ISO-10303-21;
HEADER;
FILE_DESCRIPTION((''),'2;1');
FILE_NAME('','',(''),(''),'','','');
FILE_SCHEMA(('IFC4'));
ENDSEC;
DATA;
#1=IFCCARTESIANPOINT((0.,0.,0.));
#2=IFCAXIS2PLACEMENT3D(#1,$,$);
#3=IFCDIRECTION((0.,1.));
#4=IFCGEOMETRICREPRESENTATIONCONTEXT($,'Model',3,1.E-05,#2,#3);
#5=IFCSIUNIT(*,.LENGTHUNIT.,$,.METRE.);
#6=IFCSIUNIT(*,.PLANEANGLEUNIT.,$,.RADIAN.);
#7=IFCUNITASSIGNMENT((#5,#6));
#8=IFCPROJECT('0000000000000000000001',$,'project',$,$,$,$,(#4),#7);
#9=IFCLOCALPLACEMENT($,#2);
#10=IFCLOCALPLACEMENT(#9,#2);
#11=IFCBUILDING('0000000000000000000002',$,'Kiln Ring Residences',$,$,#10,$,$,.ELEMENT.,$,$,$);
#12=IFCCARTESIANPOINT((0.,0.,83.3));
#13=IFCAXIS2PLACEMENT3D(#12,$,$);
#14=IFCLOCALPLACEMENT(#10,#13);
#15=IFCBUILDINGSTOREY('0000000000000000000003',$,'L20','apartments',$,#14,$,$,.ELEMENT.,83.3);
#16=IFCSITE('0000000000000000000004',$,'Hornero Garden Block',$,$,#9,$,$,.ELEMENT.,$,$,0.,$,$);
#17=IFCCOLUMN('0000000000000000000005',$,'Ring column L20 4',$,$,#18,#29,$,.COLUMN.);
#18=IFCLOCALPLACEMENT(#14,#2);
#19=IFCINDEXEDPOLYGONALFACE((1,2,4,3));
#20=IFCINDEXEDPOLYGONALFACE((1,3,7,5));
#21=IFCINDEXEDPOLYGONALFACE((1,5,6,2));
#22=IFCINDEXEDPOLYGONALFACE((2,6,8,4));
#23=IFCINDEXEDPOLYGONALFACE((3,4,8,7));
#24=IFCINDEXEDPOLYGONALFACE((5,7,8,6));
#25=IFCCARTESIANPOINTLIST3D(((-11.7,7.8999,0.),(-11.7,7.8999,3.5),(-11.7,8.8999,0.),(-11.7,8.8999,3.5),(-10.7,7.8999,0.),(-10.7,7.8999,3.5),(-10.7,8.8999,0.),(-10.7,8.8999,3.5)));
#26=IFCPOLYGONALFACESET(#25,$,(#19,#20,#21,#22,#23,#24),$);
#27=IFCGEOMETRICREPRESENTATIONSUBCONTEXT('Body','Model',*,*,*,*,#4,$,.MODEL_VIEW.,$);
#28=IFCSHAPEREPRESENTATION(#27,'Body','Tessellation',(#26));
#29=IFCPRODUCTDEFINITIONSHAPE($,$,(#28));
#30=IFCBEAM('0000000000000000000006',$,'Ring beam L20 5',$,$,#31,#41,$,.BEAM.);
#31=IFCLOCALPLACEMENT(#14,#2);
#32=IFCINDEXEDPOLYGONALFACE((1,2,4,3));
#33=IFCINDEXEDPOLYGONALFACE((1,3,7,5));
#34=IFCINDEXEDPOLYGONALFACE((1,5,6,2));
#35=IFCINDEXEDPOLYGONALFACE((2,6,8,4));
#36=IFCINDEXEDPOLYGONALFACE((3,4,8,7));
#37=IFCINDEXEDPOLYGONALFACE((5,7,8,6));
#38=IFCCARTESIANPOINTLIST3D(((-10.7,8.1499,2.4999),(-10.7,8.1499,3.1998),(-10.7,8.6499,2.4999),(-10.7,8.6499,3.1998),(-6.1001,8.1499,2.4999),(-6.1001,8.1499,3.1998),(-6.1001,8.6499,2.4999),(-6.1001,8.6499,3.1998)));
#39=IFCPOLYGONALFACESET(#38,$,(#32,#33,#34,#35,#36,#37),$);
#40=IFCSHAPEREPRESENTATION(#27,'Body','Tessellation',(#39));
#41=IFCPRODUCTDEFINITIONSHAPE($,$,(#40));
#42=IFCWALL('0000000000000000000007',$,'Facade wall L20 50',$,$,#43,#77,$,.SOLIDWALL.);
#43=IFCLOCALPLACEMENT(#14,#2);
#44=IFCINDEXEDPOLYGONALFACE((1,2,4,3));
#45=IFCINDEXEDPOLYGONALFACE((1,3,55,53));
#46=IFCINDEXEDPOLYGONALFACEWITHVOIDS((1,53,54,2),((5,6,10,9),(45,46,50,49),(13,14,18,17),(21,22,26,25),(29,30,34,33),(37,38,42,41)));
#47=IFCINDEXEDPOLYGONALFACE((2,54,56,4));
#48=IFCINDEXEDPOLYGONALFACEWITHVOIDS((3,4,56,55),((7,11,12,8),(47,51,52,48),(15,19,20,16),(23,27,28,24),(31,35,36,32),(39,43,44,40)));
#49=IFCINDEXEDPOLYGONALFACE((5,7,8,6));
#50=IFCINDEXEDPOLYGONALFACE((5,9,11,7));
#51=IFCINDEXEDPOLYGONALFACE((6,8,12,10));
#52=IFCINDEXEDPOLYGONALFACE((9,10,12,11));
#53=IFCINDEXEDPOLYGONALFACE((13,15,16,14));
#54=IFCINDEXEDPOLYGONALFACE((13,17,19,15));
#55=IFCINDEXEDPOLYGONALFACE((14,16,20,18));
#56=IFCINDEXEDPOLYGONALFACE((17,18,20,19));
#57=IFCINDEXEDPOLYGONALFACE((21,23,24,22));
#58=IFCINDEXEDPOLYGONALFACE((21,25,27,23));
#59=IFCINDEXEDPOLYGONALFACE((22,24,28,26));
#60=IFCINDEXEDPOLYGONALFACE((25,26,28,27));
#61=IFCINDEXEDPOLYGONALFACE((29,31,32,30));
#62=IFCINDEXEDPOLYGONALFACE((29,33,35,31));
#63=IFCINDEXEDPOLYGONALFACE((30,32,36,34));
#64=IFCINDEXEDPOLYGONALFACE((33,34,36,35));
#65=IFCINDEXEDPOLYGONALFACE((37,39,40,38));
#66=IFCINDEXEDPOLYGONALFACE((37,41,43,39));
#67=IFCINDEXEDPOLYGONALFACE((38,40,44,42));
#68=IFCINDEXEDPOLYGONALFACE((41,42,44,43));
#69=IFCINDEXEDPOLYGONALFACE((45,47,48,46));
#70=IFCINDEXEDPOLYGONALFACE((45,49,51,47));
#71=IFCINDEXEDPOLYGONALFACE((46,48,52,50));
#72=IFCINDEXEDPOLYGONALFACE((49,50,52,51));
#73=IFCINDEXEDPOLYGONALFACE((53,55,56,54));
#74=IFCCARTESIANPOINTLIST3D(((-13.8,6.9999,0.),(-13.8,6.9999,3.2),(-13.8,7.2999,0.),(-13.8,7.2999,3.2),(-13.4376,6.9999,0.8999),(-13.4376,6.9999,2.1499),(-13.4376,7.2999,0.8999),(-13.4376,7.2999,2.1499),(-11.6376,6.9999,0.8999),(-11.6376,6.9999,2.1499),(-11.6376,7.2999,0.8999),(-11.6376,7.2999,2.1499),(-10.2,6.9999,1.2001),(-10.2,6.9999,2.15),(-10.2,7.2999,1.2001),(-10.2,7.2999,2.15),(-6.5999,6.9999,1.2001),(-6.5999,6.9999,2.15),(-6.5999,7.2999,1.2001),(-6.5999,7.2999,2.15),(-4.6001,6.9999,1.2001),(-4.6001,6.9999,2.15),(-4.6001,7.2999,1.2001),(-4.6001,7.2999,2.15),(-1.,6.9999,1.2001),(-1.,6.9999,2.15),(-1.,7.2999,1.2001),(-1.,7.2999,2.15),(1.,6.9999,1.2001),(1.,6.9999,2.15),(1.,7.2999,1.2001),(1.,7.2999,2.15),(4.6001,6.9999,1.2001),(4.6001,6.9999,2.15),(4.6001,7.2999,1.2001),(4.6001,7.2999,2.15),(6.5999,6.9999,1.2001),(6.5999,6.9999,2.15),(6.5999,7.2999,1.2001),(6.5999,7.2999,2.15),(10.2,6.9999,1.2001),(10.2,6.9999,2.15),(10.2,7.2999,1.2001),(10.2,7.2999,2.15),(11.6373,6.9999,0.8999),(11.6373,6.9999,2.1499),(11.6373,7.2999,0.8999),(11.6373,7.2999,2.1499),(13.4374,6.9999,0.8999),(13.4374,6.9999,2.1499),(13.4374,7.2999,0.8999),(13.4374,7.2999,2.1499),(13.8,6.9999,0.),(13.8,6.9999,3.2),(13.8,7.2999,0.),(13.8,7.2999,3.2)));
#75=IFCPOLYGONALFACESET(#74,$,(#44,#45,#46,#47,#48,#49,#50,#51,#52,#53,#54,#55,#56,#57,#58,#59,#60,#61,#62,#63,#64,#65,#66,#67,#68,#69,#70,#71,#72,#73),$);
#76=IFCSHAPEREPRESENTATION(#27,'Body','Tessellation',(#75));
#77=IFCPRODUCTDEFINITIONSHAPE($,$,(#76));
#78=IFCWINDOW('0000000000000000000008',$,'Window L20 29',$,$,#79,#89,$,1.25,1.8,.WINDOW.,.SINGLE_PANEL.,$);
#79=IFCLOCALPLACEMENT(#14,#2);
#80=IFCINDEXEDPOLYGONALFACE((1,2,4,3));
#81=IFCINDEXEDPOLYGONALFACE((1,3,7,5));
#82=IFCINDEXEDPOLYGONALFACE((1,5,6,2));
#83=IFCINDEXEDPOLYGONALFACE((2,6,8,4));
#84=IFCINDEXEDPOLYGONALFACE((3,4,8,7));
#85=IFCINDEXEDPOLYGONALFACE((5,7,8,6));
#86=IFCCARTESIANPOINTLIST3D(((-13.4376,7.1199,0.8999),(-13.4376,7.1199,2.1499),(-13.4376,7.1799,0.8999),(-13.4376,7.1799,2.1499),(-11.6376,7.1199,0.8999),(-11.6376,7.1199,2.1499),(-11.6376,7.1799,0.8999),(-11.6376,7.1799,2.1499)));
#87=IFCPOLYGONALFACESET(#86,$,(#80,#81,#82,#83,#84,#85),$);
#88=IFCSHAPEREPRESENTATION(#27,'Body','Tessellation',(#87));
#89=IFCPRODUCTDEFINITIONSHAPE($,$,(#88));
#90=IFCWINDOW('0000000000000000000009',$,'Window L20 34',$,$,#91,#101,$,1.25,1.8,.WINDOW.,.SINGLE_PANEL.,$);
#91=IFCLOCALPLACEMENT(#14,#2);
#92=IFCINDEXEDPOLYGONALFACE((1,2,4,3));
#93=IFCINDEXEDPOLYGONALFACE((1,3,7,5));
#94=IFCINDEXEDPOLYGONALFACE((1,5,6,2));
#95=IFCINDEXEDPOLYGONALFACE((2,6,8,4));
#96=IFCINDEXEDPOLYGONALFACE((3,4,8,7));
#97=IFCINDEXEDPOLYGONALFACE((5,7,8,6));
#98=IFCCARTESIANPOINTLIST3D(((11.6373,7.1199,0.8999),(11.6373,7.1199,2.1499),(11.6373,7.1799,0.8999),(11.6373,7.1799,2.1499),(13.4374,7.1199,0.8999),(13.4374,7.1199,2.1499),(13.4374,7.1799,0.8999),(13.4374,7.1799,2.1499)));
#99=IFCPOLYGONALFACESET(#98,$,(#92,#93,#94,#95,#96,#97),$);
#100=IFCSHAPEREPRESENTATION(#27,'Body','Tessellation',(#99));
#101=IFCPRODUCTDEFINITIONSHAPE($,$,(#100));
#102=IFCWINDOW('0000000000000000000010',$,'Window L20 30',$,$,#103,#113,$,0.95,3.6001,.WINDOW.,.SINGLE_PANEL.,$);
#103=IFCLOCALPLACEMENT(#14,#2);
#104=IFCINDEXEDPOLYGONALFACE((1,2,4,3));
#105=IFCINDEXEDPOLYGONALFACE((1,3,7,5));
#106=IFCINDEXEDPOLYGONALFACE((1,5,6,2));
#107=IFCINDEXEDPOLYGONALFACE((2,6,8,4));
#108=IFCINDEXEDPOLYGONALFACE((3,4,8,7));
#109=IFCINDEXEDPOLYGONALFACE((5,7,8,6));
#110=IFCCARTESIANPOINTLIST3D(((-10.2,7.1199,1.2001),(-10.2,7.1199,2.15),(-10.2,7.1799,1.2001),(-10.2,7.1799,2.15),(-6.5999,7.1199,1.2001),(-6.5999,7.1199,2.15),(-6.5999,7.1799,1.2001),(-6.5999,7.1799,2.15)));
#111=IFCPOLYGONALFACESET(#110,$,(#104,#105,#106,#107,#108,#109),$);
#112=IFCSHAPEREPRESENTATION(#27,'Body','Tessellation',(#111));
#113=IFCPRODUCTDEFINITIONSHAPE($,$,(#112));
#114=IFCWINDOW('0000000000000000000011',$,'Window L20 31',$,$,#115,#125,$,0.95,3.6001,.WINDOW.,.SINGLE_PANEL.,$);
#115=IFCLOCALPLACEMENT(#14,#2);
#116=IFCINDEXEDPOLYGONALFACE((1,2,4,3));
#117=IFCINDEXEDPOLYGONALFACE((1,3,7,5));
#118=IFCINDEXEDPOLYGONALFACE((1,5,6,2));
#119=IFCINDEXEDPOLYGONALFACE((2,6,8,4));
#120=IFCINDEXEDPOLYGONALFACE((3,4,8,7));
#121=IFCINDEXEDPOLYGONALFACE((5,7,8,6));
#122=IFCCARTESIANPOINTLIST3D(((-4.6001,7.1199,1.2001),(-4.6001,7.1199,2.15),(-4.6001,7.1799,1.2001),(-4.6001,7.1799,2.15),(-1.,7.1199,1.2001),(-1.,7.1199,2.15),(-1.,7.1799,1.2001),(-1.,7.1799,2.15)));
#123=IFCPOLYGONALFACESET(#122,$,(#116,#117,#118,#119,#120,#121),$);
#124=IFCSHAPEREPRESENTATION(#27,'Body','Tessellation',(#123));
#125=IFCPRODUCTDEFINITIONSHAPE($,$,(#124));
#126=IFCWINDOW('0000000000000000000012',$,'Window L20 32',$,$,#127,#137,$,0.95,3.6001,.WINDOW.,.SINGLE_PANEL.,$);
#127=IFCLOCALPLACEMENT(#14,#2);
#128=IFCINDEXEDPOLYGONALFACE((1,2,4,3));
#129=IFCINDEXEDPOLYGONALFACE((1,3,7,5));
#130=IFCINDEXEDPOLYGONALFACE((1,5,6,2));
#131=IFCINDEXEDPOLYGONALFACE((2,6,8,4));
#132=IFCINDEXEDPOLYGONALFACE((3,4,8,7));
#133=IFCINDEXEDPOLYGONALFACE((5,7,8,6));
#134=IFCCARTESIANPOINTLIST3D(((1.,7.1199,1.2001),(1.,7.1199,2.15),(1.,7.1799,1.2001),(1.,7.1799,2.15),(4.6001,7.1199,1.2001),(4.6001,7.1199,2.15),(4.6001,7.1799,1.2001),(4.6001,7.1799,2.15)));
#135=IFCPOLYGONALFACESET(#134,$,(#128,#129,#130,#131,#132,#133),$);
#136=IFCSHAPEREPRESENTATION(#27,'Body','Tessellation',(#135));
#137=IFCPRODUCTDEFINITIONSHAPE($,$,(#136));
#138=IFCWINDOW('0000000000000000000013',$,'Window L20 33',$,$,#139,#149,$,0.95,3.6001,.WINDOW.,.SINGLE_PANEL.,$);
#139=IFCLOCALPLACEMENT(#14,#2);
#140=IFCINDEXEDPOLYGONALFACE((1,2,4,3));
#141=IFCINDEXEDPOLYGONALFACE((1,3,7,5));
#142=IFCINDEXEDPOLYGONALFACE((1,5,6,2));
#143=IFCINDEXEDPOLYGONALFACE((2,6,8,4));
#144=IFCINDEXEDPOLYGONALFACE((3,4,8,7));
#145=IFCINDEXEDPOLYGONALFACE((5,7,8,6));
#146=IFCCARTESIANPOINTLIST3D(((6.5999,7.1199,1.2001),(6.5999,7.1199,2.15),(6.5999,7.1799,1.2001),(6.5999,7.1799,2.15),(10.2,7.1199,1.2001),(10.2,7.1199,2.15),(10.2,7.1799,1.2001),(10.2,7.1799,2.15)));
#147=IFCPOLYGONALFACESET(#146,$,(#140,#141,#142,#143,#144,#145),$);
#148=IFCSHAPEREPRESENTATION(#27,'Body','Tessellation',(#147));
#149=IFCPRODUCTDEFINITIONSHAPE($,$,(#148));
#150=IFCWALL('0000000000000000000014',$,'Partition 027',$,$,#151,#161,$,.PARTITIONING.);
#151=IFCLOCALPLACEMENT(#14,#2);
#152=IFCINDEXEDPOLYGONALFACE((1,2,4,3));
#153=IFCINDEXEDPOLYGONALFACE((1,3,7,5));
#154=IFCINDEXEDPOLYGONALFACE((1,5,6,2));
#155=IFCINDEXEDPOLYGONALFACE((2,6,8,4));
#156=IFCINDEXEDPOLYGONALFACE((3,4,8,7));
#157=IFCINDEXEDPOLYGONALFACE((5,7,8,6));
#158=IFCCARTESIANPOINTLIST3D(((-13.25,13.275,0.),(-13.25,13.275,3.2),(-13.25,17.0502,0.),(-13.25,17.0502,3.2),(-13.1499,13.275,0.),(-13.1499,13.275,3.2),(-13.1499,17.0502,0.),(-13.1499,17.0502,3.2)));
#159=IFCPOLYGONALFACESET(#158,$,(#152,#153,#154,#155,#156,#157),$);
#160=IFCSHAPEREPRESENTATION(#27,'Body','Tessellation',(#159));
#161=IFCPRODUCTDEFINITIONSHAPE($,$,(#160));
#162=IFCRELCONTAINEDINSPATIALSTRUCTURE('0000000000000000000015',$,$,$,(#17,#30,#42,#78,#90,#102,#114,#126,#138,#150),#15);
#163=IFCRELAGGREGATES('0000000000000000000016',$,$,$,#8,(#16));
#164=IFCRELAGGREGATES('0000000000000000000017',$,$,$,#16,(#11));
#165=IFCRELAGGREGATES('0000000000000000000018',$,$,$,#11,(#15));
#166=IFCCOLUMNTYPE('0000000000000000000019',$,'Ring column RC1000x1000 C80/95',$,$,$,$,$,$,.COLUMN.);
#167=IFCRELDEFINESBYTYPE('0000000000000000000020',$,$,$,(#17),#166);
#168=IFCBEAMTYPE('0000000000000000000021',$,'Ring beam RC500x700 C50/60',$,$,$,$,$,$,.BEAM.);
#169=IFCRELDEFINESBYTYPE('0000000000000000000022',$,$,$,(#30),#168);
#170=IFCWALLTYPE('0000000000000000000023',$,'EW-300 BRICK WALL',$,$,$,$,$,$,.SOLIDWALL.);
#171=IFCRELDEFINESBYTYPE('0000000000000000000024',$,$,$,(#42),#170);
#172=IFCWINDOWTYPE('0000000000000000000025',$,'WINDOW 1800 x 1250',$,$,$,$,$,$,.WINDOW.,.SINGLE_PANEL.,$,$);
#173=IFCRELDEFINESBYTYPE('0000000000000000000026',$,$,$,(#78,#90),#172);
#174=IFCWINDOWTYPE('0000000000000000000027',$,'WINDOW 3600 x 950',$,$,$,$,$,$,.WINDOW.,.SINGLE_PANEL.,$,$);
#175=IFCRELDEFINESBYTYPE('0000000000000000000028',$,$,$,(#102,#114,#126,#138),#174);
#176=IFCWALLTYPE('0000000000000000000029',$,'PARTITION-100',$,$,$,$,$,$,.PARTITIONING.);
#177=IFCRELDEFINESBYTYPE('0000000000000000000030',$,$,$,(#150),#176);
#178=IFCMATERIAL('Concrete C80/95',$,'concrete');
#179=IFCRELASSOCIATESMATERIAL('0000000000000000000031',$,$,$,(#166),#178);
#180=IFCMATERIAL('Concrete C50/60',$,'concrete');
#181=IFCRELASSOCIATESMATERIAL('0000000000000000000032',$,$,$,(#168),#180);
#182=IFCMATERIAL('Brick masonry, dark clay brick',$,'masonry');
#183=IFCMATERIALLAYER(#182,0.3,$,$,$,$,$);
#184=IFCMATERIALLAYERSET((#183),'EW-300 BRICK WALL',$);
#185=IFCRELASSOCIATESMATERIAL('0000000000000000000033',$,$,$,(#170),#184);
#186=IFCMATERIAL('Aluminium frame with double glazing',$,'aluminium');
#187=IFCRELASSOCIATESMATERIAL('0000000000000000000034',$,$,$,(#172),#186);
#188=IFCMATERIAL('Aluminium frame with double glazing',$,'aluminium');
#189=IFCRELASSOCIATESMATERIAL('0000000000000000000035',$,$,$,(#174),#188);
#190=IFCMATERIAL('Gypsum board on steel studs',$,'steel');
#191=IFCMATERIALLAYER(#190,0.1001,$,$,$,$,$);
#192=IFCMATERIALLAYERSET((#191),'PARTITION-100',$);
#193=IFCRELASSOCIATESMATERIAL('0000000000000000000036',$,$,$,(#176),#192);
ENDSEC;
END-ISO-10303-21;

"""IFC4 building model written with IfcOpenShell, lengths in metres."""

from ifc_helpers import new_model, si_unit, direction, frame, frame_2d, origin, origin_2d, place, context, subcontext, project, spatial, rectangle, extrude, material, layer, layer_set, material_profile, profile_set, type_object, element, fill, save


model = new_model("IFC4")

# Units and contexts
model_context = context("Model", 3, precision=1e-05, world=origin(), true_north=direction((0.0, 1.0)))
body_context = subcontext(model_context, "Body", "Model", "MODEL_VIEW")
ifc_project = project(units=[si_unit("LENGTHUNIT", "METRE"), si_unit("PLANEANGLEUNIT", "RADIAN")], contexts=[model_context])

# Site, building, storey
site_placement = place(None, origin())
site = spatial("IfcSite", under=ifc_project, at=site_placement, Name="Hornero Garden Block", CompositionType="ELEMENT", RefElevation=0.0)
building_placement = place(site_placement, origin())
building = spatial("IfcBuilding", under=site, at=building_placement, Name="Kiln Ring Residences", CompositionType="ELEMENT")
storey_placement = place(building_placement, frame((0.0, 0.0, 83.3)))
storey = spatial("IfcBuildingStorey", under=building, at=storey_placement, Name="L20", Description="apartments", CompositionType="ELEMENT", Elevation=83.3)

# Column
ifc_material_1 = material(Name="Concrete C80/95", Category="concrete")
ifc_material_profile_1 = material_profile(ifc_material_1, rectangle(XDim=1.0, YDim=1.0, at=origin_2d()), Name="RC1000x1000")
ifc_profile_set_1 = profile_set([ifc_material_profile_1], Name="Concrete C80/95")
column_type = type_object("IfcColumnType", Name="Ring column RC1000x1000 C80/95", PredefinedType="COLUMN", material=ifc_profile_set_1)
column_placement = place(storey_placement, frame((-11.2, 8.3999, 0.0), z_axis=(0.0, 0.0, 1.0), x_axis=(1.0, 0.0, 0.0)))
element("IfcColumn", 1, at=column_placement, inside=storey, type_object=column_type, Name="Ring column L20 4", PredefinedType="COLUMN", context=body_context, shape_type="SweptSolid", body=[
    extrude(rectangle(XDim=1.0, YDim=1.0, at=origin_2d()), origin(), (0.0, 0.0, 1.0), 3.5),
])

# Beam
ifc_material_2 = material(Name="Concrete C50/60", Category="concrete")
ifc_material_profile_2 = material_profile(ifc_material_2, rectangle(XDim=0.5, YDim=0.7, at=origin_2d()), Name="RC500x700")
ifc_profile_set_2 = profile_set([ifc_material_profile_2], Name="Concrete C50/60")
beam_type = type_object("IfcBeamType", Name="Ring beam RC500x700 C50/60", PredefinedType="BEAM", material=ifc_profile_set_2)
beam_placement = place(storey_placement, frame((-10.7, 8.3999, 2.8499), z_axis=(1.0, 0.0, 0.0), x_axis=(0.0, 1.0, 0.0)))
element("IfcBeam", 2, at=beam_placement, inside=storey, type_object=beam_type, Name="Ring beam L20 5", PredefinedType="BEAM", context=body_context, shape_type="SweptSolid", body=[
    extrude(rectangle(XDim=0.5, YDim=0.7, at=origin_2d()), origin(), (0.0, 0.0, 1.0), 4.5999),
])

# Wall, openings, windows
ifc_material_3 = material(Name="Brick masonry, dark clay brick", Category="masonry")
ifc_layer_1 = layer(ifc_material_3, 0.3)
ifc_layer_set_1 = layer_set([ifc_layer_1], Name="EW-300 BRICK WALL")
wall_type_1 = type_object("IfcWallType", Name="EW-300 BRICK WALL", PredefinedType="SOLIDWALL", material=ifc_layer_set_1)
wall_1_placement = place(storey_placement, frame((-13.8, 7.1499, 0.0), z_axis=(0.0, 0.0, 1.0), x_axis=(1.0, 0.0, 0.0)))
wall_1 = element("IfcWall", 3, at=wall_1_placement, inside=storey, type_object=wall_type_1, Name="Facade wall L20 50", PredefinedType="SOLIDWALL", context=body_context, shape_type="SweptSolid", body=[
    extrude(rectangle(XDim=27.6001, YDim=0.3, at=frame_2d((13.8, 0.0))), origin(), (0.0, 0.0, 1.0), 3.2),
])
opening_1_placement = place(wall_1_placement, frame((0.3625, 0.0, 0.8999)))
opening_1 = element("IfcOpeningElement", 4, at=opening_1_placement, cuts=wall_1, PredefinedType="OPENING", context=body_context, shape_type="SweptSolid", body=[
    extrude(rectangle(XDim=1.8, YDim=1.25, at=frame_2d((0.8999, 0.625))), frame((0.0, 0.1599, 0.0), z_axis=(0.0, -1.0, 0.0), x_axis=(1.0, 0.0, 0.0)), (0.0, 0.0, 1.0), 0.3201),
])
opening_2_placement = place(wall_1_placement, frame((3.6001, 0.0, 1.2)))
opening_2 = element("IfcOpeningElement", 5, at=opening_2_placement, cuts=wall_1, PredefinedType="OPENING", context=body_context, shape_type="SweptSolid", body=[
    extrude(rectangle(XDim=3.6001, YDim=0.95, at=frame_2d((1.8, 0.4751))), frame((0.0, 0.1599, 0.0), z_axis=(0.0, -1.0, 0.0), x_axis=(1.0, 0.0, 0.0)), (0.0, 0.0, 1.0), 0.3201),
])
opening_3_placement = place(wall_1_placement, frame((9.2, 0.0, 1.2)))
opening_3 = element("IfcOpeningElement", 6, at=opening_3_placement, cuts=wall_1, PredefinedType="OPENING", context=body_context, shape_type="SweptSolid", body=[
    extrude(rectangle(XDim=3.6001, YDim=0.95, at=frame_2d((1.8, 0.4751))), frame((0.0, 0.1599, 0.0), z_axis=(0.0, -1.0, 0.0), x_axis=(1.0, 0.0, 0.0)), (0.0, 0.0, 1.0), 0.3201),
])
opening_4_placement = place(wall_1_placement, frame((14.8, 0.0, 1.2)))
opening_4 = element("IfcOpeningElement", 7, at=opening_4_placement, cuts=wall_1, PredefinedType="OPENING", context=body_context, shape_type="SweptSolid", body=[
    extrude(rectangle(XDim=3.6001, YDim=0.95, at=frame_2d((1.8, 0.4751))), frame((0.0, 0.1599, 0.0), z_axis=(0.0, -1.0, 0.0), x_axis=(1.0, 0.0, 0.0)), (0.0, 0.0, 1.0), 0.3201),
])
opening_5_placement = place(wall_1_placement, frame((20.3999, 0.0, 1.2)))
opening_5 = element("IfcOpeningElement", 8, at=opening_5_placement, cuts=wall_1, PredefinedType="OPENING", context=body_context, shape_type="SweptSolid", body=[
    extrude(rectangle(XDim=3.6001, YDim=0.95, at=frame_2d((1.8, 0.4751))), frame((0.0, 0.1599, 0.0), z_axis=(0.0, -1.0, 0.0), x_axis=(1.0, 0.0, 0.0)), (0.0, 0.0, 1.0), 0.3201),
])
opening_6_placement = place(wall_1_placement, frame((25.4375, 0.0, 0.8999)))
opening_6 = element("IfcOpeningElement", 9, at=opening_6_placement, cuts=wall_1, PredefinedType="OPENING", context=body_context, shape_type="SweptSolid", body=[
    extrude(rectangle(XDim=1.8, YDim=1.25, at=frame_2d((0.8999, 0.625))), frame((0.0, 0.1599, 0.0), z_axis=(0.0, -1.0, 0.0), x_axis=(1.0, 0.0, 0.0)), (0.0, 0.0, 1.0), 0.3201),
])
ifc_material_4 = material(Name="Aluminium frame with double glazing", Category="aluminium")
window_type_1 = type_object("IfcWindowType", Name="WINDOW 1800 x 1250", PartitioningType="SINGLE_PANEL", PredefinedType="WINDOW", material=ifc_material_4)
window_1_placement = place(opening_1_placement, origin())
window_1 = element("IfcWindow", 10, at=window_1_placement, inside=storey, type_object=window_type_1, Name="Window L20 29", OverallHeight=1.25, OverallWidth=1.8, PartitioningType="SINGLE_PANEL", PredefinedType="WINDOW", context=body_context, shape_type="SweptSolid", body=[
    extrude(rectangle(XDim=1.8, YDim=1.25, at=frame_2d((0.8999, 0.625))), frame((0.0, 0.03, 0.0), z_axis=(0.0, -1.0, 0.0), x_axis=(1.0, 0.0, 0.0)), (0.0, 0.0, 1.0), 0.0601),
])
fill(opening_1, window_1)
window_2_placement = place(opening_6_placement, origin())
window_2 = element("IfcWindow", 11, at=window_2_placement, inside=storey, type_object=window_type_1, Name="Window L20 34", OverallHeight=1.25, OverallWidth=1.8, PartitioningType="SINGLE_PANEL", PredefinedType="WINDOW", context=body_context, shape_type="SweptSolid", body=[
    extrude(rectangle(XDim=1.8, YDim=1.25, at=frame_2d((0.8999, 0.625))), frame((0.0, 0.03, 0.0), z_axis=(0.0, -1.0, 0.0), x_axis=(1.0, 0.0, 0.0)), (0.0, 0.0, 1.0), 0.0601),
])
fill(opening_6, window_2)
ifc_material_5 = material(Name="Aluminium frame with double glazing", Category="aluminium")
window_type_2 = type_object("IfcWindowType", Name="WINDOW 3600 x 950", PartitioningType="SINGLE_PANEL", PredefinedType="WINDOW", material=ifc_material_5)
window_3_placement = place(opening_2_placement, origin())
window_3 = element("IfcWindow", 12, at=window_3_placement, inside=storey, type_object=window_type_2, Name="Window L20 30", OverallHeight=0.95, OverallWidth=3.6001, PartitioningType="SINGLE_PANEL", PredefinedType="WINDOW", context=body_context, shape_type="SweptSolid", body=[
    extrude(rectangle(XDim=3.6001, YDim=0.95, at=frame_2d((1.8, 0.4751))), frame((0.0, 0.03, 0.0), z_axis=(0.0, -1.0, 0.0), x_axis=(1.0, 0.0, 0.0)), (0.0, 0.0, 1.0), 0.0601),
])
fill(opening_2, window_3)
window_4_placement = place(opening_3_placement, origin())
window_4 = element("IfcWindow", 13, at=window_4_placement, inside=storey, type_object=window_type_2, Name="Window L20 31", OverallHeight=0.95, OverallWidth=3.6001, PartitioningType="SINGLE_PANEL", PredefinedType="WINDOW", context=body_context, shape_type="SweptSolid", body=[
    extrude(rectangle(XDim=3.6001, YDim=0.95, at=frame_2d((1.8, 0.4751))), frame((0.0, 0.03, 0.0), z_axis=(0.0, -1.0, 0.0), x_axis=(1.0, 0.0, 0.0)), (0.0, 0.0, 1.0), 0.0601),
])
fill(opening_3, window_4)
window_5_placement = place(opening_4_placement, origin())
window_5 = element("IfcWindow", 14, at=window_5_placement, inside=storey, type_object=window_type_2, Name="Window L20 32", OverallHeight=0.95, OverallWidth=3.6001, PartitioningType="SINGLE_PANEL", PredefinedType="WINDOW", context=body_context, shape_type="SweptSolid", body=[
    extrude(rectangle(XDim=3.6001, YDim=0.95, at=frame_2d((1.8, 0.4751))), frame((0.0, 0.03, 0.0), z_axis=(0.0, -1.0, 0.0), x_axis=(1.0, 0.0, 0.0)), (0.0, 0.0, 1.0), 0.0601),
])
fill(opening_4, window_5)
window_6_placement = place(opening_5_placement, origin())
window_6 = element("IfcWindow", 15, at=window_6_placement, inside=storey, type_object=window_type_2, Name="Window L20 33", OverallHeight=0.95, OverallWidth=3.6001, PartitioningType="SINGLE_PANEL", PredefinedType="WINDOW", context=body_context, shape_type="SweptSolid", body=[
    extrude(rectangle(XDim=3.6001, YDim=0.95, at=frame_2d((1.8, 0.4751))), frame((0.0, 0.03, 0.0), z_axis=(0.0, -1.0, 0.0), x_axis=(1.0, 0.0, 0.0)), (0.0, 0.0, 1.0), 0.0601),
])
fill(opening_5, window_6)

# Wall
ifc_material_6 = material(Name="Gypsum board on steel studs", Category="steel")
ifc_layer_2 = layer(ifc_material_6, 0.1001)
ifc_layer_set_2 = layer_set([ifc_layer_2], Name="PARTITION-100")
wall_type_2 = type_object("IfcWallType", Name="PARTITION-100", PredefinedType="PARTITIONING", material=ifc_layer_set_2)
wall_2_placement = place(storey_placement, frame((-13.2, 13.2749, 0.0), z_axis=(0.0, 0.0, 1.0), x_axis=(0.0, 1.0, 0.0)))
element("IfcWall", 16, at=wall_2_placement, inside=storey, type_object=wall_type_2, Name="Partition 027", PredefinedType="PARTITIONING", context=body_context, shape_type="SweptSolid", body=[
    extrude(rectangle(XDim=3.7751, YDim=0.1001, at=frame_2d((1.8877, 0.0))), origin(), (0.0, 0.0, 1.0), 3.2),
])

save(model, "model.ifc")
